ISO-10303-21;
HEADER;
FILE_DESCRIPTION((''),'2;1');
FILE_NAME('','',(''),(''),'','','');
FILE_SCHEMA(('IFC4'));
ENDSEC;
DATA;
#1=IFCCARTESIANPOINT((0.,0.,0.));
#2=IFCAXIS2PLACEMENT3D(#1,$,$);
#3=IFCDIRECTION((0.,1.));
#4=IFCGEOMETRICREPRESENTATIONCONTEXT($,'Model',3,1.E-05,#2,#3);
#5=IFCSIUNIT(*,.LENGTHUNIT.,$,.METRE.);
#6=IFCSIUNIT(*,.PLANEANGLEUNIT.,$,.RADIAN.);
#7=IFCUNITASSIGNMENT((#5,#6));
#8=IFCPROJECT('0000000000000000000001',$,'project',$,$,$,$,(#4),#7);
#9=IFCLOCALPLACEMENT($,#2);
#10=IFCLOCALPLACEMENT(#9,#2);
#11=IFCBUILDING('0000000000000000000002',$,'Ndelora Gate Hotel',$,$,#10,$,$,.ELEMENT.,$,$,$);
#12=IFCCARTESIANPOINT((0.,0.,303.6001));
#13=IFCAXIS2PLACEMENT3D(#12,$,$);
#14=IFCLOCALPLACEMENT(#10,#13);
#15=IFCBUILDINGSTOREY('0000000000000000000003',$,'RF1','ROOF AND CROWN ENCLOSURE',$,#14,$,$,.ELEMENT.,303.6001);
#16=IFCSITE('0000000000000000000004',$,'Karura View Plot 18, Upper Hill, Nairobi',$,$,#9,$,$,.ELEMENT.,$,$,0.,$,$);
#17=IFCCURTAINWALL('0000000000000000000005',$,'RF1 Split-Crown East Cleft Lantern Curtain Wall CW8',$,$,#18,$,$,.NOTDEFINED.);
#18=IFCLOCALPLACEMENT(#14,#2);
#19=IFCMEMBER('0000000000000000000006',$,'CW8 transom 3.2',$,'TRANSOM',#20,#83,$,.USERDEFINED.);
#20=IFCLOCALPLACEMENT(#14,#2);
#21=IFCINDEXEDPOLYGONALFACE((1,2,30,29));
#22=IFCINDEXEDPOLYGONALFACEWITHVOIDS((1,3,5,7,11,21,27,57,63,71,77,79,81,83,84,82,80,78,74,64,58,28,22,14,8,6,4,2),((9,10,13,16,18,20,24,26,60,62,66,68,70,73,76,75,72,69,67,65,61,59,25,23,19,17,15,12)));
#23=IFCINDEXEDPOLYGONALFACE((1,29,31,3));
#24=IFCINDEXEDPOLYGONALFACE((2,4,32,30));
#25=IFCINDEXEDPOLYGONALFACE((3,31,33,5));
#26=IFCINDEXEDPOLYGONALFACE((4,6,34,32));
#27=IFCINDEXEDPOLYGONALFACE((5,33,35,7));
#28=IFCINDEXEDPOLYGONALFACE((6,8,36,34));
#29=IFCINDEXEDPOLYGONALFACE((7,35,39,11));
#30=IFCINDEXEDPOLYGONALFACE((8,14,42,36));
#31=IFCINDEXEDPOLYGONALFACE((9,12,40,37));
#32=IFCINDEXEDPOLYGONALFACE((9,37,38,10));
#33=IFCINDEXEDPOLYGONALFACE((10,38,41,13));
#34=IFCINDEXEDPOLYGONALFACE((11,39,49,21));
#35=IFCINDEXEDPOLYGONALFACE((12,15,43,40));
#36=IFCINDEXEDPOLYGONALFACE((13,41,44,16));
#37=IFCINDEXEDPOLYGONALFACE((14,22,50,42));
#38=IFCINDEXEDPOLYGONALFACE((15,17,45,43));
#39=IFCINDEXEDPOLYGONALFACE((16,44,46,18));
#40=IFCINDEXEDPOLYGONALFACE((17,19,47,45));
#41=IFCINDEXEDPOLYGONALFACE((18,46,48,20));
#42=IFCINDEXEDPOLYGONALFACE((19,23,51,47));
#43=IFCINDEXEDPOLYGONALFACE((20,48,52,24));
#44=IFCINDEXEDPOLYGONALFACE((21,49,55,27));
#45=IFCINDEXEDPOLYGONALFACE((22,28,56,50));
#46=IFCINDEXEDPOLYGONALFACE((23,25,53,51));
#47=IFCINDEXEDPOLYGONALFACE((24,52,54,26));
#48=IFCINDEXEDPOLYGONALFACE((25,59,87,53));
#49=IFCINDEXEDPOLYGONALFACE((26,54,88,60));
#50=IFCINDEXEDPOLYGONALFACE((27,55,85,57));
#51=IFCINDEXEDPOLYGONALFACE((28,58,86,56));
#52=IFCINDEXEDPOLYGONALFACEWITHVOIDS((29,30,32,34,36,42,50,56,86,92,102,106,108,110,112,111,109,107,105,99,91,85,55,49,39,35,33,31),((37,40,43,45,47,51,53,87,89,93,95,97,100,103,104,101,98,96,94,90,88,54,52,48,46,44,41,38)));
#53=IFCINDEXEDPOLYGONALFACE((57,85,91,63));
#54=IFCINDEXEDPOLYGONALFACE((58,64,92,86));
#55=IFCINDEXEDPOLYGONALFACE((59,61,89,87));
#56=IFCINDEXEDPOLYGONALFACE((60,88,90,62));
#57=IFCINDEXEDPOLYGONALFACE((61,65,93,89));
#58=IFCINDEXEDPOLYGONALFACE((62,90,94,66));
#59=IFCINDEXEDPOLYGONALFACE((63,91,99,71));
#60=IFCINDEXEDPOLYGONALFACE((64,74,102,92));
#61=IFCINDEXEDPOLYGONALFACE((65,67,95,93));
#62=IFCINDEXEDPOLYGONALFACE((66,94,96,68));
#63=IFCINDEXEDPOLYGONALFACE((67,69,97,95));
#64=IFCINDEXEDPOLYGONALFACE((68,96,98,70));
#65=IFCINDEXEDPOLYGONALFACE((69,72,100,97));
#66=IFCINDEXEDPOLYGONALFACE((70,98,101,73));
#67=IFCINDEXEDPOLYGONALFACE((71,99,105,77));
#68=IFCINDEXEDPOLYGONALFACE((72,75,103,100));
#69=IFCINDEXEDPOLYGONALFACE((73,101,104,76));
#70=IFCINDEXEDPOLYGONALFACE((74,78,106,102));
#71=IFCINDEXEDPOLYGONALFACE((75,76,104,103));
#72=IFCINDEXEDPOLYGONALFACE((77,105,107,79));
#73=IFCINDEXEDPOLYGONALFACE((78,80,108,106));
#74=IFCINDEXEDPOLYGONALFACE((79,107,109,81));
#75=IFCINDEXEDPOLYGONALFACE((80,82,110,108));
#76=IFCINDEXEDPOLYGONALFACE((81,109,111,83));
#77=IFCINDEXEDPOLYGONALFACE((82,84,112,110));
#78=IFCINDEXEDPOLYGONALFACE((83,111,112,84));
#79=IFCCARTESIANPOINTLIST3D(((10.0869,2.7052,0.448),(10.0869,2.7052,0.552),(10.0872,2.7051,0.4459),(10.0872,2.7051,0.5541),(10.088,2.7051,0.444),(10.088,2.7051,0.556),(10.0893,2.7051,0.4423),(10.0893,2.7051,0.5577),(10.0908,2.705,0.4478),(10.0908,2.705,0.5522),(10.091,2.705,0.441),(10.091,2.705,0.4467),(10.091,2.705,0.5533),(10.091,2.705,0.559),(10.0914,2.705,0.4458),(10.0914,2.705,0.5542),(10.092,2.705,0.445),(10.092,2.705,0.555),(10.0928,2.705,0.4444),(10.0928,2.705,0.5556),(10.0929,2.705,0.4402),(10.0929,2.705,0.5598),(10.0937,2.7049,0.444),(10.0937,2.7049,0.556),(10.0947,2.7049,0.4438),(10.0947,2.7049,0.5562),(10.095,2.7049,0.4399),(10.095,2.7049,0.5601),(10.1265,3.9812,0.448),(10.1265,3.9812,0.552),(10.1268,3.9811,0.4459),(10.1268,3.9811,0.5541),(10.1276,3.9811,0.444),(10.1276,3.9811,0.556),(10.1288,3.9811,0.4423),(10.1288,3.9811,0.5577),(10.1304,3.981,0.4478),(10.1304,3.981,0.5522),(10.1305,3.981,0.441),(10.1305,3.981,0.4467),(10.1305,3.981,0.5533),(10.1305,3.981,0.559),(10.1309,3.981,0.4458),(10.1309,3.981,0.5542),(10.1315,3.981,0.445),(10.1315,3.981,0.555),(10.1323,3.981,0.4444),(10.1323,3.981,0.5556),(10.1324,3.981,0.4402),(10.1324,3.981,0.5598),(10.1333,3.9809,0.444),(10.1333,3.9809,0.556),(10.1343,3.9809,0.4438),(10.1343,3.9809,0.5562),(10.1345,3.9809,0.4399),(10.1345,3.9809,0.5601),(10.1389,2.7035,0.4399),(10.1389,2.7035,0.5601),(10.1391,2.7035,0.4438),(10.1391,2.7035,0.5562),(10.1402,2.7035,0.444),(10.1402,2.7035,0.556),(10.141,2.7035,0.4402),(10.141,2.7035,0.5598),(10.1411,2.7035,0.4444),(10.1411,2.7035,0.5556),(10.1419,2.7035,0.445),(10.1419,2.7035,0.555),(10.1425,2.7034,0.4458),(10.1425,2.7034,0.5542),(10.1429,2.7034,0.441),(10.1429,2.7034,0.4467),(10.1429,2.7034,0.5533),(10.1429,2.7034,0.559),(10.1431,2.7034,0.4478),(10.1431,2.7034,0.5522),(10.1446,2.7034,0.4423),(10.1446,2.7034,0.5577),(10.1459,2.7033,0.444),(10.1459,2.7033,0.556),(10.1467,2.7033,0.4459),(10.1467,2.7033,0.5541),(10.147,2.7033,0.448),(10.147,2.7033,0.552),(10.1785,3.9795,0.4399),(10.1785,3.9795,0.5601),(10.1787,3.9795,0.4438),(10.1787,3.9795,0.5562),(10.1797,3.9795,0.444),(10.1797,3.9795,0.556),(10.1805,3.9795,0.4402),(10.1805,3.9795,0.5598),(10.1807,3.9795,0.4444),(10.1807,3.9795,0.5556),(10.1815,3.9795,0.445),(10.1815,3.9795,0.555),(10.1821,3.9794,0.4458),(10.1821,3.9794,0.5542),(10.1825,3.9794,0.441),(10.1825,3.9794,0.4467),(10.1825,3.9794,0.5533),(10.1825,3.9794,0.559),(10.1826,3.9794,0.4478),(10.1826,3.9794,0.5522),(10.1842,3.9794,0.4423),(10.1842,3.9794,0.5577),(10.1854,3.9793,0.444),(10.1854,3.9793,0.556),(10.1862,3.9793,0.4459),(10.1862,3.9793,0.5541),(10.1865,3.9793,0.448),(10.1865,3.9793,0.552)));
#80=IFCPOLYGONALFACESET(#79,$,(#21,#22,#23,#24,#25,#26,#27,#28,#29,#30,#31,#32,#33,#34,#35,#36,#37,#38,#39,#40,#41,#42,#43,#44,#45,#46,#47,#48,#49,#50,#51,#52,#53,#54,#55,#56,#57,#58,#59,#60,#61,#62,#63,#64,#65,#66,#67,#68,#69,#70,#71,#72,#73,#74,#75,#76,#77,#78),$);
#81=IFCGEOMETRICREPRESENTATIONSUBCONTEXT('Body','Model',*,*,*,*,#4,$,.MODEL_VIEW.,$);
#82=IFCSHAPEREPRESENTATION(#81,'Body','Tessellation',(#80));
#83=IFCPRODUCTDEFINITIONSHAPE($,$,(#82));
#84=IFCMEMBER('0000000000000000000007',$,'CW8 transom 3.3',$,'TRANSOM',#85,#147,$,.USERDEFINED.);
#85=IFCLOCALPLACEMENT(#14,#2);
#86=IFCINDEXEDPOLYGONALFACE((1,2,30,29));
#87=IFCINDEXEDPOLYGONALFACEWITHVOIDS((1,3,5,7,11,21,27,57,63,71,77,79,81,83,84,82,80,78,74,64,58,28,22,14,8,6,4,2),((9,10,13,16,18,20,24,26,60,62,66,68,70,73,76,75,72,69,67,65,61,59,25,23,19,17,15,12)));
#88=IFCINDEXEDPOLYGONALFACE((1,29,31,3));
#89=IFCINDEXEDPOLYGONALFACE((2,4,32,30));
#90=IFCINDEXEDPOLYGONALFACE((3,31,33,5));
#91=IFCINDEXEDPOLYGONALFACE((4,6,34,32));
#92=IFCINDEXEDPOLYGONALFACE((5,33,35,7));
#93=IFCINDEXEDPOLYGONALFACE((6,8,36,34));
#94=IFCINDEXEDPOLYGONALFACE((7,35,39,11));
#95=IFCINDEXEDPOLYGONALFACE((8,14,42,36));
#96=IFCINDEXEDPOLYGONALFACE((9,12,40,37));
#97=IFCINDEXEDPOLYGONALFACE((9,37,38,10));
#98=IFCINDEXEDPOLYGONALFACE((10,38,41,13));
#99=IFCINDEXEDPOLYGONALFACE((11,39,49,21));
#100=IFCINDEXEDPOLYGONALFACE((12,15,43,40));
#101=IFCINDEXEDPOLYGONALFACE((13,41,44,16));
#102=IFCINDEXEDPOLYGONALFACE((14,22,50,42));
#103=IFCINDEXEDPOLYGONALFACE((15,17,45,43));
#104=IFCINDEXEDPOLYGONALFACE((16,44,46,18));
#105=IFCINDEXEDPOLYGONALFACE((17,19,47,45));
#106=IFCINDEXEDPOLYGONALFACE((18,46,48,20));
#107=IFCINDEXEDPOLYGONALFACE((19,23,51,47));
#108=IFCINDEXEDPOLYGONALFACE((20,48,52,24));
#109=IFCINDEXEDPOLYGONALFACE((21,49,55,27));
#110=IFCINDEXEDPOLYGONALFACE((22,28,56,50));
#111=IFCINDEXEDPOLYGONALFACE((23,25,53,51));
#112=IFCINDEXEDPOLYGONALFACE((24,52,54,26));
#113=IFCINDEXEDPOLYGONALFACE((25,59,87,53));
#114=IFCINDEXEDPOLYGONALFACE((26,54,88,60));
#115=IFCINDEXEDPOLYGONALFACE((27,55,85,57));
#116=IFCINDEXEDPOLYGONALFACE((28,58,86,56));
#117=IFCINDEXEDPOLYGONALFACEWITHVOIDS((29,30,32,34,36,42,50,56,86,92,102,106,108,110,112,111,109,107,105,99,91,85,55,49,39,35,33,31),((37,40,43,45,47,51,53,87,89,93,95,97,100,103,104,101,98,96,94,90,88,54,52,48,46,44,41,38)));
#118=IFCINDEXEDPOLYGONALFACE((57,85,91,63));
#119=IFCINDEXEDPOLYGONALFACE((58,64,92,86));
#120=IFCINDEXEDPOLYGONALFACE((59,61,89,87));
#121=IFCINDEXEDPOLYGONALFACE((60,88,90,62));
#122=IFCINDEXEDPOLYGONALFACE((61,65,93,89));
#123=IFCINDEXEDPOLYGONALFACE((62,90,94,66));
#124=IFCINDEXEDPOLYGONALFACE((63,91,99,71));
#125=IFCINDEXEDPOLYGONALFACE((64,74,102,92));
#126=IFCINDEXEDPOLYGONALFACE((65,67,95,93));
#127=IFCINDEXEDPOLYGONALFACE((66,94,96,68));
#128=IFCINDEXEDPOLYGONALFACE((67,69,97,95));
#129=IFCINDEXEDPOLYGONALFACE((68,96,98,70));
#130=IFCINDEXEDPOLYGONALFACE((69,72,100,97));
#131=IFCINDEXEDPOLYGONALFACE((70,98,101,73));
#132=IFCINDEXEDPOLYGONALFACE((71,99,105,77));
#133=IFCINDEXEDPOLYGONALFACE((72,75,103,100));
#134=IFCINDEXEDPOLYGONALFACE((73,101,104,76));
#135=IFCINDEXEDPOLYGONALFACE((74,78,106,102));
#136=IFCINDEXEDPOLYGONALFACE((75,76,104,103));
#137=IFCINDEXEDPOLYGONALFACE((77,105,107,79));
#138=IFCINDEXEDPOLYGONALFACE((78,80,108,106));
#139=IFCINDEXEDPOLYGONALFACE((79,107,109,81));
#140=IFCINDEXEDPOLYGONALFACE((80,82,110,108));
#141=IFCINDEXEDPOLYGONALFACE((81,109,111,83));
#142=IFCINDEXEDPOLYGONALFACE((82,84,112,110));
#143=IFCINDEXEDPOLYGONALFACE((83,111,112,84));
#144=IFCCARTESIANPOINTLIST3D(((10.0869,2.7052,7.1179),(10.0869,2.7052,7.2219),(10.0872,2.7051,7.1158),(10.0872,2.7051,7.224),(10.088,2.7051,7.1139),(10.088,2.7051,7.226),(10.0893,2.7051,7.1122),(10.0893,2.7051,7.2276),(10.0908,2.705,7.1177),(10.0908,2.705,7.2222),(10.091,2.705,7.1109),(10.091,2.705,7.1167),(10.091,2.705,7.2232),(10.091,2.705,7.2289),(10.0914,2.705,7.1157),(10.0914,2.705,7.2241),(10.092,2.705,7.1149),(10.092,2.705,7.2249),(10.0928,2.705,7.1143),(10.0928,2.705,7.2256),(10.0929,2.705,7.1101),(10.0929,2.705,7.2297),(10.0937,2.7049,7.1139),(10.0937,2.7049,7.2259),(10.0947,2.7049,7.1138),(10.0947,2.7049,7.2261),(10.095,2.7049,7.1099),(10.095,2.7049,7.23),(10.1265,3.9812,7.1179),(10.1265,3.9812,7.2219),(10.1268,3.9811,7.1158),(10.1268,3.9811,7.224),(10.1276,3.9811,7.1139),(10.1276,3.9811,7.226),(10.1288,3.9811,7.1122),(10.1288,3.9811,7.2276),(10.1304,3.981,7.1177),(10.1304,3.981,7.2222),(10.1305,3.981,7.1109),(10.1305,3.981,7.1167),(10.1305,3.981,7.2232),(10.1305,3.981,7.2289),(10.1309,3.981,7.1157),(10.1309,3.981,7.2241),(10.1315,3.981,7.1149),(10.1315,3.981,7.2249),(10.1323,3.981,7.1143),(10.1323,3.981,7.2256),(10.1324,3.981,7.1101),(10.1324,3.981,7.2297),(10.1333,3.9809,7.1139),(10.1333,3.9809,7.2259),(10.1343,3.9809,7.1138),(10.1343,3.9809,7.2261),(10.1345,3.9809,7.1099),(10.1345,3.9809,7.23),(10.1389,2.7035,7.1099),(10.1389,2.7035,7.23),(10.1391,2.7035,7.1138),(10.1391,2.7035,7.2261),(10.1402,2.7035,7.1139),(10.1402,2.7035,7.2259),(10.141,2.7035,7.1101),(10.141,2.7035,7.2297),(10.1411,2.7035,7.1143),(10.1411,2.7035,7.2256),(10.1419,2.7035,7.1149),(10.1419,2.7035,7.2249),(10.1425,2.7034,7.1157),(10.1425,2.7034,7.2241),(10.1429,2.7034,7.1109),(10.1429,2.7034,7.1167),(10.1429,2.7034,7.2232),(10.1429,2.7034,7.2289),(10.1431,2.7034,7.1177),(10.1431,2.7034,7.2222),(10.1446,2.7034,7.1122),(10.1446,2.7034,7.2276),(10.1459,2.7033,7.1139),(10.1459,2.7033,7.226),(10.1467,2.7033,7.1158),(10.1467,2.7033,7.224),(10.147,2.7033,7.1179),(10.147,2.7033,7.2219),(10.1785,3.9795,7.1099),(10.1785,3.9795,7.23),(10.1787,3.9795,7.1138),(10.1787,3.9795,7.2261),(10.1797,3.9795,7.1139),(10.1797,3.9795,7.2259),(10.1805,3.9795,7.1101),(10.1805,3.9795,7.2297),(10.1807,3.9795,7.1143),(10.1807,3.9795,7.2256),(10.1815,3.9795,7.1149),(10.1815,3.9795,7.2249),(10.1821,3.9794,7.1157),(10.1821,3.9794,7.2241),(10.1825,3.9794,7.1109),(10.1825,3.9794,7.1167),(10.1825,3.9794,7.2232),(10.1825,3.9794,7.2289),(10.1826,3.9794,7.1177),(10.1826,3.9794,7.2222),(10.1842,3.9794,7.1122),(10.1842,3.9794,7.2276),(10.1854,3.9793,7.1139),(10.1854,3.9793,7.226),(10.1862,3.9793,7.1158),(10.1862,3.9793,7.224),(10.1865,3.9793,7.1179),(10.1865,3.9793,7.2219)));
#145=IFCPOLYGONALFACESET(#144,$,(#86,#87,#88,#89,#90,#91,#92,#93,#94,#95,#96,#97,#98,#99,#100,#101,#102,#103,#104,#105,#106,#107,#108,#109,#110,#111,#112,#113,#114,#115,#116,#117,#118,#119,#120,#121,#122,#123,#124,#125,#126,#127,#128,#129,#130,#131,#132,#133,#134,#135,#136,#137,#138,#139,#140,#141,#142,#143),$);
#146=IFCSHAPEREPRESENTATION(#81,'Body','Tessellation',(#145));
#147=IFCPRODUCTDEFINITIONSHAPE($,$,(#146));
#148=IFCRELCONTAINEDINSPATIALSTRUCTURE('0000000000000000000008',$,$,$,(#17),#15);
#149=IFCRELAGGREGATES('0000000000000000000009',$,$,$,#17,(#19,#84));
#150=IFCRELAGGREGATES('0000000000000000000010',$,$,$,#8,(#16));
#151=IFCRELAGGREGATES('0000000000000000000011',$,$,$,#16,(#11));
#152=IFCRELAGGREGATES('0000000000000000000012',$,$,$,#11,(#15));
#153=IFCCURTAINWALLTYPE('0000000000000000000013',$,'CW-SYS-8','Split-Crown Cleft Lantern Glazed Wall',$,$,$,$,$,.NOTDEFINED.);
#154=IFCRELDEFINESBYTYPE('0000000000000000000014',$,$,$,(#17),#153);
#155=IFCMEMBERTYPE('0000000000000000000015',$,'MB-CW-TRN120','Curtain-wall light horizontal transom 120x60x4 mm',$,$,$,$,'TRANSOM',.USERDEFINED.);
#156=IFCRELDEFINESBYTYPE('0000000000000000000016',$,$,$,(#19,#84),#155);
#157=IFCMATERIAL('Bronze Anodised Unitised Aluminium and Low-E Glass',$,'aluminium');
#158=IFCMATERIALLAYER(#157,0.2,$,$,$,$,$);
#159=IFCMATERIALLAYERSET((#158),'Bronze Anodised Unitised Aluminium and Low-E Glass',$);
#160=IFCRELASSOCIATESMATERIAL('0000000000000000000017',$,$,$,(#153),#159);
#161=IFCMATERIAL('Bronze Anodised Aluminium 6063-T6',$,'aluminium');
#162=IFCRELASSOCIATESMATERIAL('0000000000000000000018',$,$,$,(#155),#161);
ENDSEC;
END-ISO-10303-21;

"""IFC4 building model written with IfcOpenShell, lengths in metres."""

from ifc_helpers import new_model, si_unit, direction, frame, origin, origin_2d, place, context, subcontext, project, spatial, hollow_rectangle, extrude, material, layer, layer_set, material_profile, profile_set, type_object, element, aggregate, save


model = new_model("IFC4")

# Units and contexts
model_context = context("Model", 3, precision=1e-05, world=origin(), true_north=direction((0.0, 1.0)))
body_context = subcontext(model_context, "Body", "Model", "MODEL_VIEW")
ifc_project = project(units=[si_unit("LENGTHUNIT", "METRE"), si_unit("PLANEANGLEUNIT", "RADIAN")], contexts=[model_context])

# Site, building, storey
site_placement = place(None, origin())
site = spatial("IfcSite", under=ifc_project, at=site_placement, Name="Karura View Plot 18, Upper Hill, Nairobi", CompositionType="ELEMENT", RefElevation=0.0)
building_placement = place(site_placement, origin())
building = spatial("IfcBuilding", under=site, at=building_placement, Name="Ndelora Gate Hotel", CompositionType="ELEMENT")
storey_placement = place(building_placement, frame((0.0, 0.0, 303.6001)))
storey = spatial("IfcBuildingStorey", under=building, at=storey_placement, Name="RF1", Description="ROOF AND CROWN ENCLOSURE", CompositionType="ELEMENT", Elevation=303.6001)

# Shared definitions
ifc_material_1 = material(Name="Bronze Anodised Unitised Aluminium and Low-E Glass", Category="aluminium")
ifc_layer_1 = layer(ifc_material_1, 0.2)
ifc_layer_set_1 = layer_set([ifc_layer_1], Name="Bronze Anodised Unitised Aluminium and Low-E Glass")
curtain_wall_type = type_object("IfcCurtainWallType", Name="CW-SYS-8", Description="Split-Crown Cleft Lantern Glazed Wall", PredefinedType="NOTDEFINED", material=ifc_layer_set_1)
ifc_material_2 = material(Name="Bronze Anodised Aluminium 6063-T6", Category="aluminium")

# Curtain wall
curtain_wall_1_placement = place(storey_placement, origin())
curtain_wall_1 = element("IfcCurtainWall", 1, at=curtain_wall_1_placement, inside=storey, type_object=curtain_wall_type, Name="RF1 Split-Crown East Cleft Lantern Curtain Wall CW8", PredefinedType="NOTDEFINED")

# Members
ifc_material_profile_1 = material_profile(ifc_material_2, hollow_rectangle(XDim=0.0601, YDim=0.1201, WallThickness=0.0039, InnerFilletRadius=0.0039, OuterFilletRadius=0.0081, at=origin_2d()), Name="ALU 120x60x4")
ifc_profile_set_1 = profile_set([ifc_material_profile_1], Name="Bronze Anodised Aluminium 6063-T6")
member_type_1 = type_object("IfcMemberType", Name="MB-CW-TRN120", Description="Curtain-wall light horizontal transom 120x60x4 mm", ElementType="TRANSOM", PredefinedType="USERDEFINED", material=ifc_profile_set_1)
member_1_placement = place(storey_placement, frame((10.1565, 3.9802, 0.5), z_axis=(-0.030984, -0.99952, 0.0), x_axis=(0.99952, -0.030984, 0.0)))
member_1 = element("IfcMember", 2, at=member_1_placement, type_object=member_type_1, Name="CW8 transom 3.2", ObjectType="TRANSOM", PredefinedType="USERDEFINED", context=body_context, shape_type="SweptSolid", body=[
    extrude(hollow_rectangle(XDim=0.0601, YDim=0.1201, WallThickness=0.0039, InnerFilletRadius=0.0039, OuterFilletRadius=0.0081, at=origin_2d()), origin(), (0.0, 0.0, 1.0), 1.2766),
])
member_2_placement = place(storey_placement, frame((10.1565, 3.9802, 7.1699), z_axis=(-0.030984, -0.99952, 0.0), x_axis=(0.99952, -0.030984, 0.0)))
member_2 = element("IfcMember", 3, at=member_2_placement, type_object=member_type_1, Name="CW8 transom 3.3", ObjectType="TRANSOM", PredefinedType="USERDEFINED", context=body_context, shape_type="SweptSolid", body=[
    extrude(hollow_rectangle(XDim=0.0601, YDim=0.1201, WallThickness=0.0039, InnerFilletRadius=0.0039, OuterFilletRadius=0.0081, at=origin_2d()), origin(), (0.0, 0.0, 1.0), 1.2766),
])

aggregate(curtain_wall_1, [member_1, member_2])

save(model, "model.ifc")
